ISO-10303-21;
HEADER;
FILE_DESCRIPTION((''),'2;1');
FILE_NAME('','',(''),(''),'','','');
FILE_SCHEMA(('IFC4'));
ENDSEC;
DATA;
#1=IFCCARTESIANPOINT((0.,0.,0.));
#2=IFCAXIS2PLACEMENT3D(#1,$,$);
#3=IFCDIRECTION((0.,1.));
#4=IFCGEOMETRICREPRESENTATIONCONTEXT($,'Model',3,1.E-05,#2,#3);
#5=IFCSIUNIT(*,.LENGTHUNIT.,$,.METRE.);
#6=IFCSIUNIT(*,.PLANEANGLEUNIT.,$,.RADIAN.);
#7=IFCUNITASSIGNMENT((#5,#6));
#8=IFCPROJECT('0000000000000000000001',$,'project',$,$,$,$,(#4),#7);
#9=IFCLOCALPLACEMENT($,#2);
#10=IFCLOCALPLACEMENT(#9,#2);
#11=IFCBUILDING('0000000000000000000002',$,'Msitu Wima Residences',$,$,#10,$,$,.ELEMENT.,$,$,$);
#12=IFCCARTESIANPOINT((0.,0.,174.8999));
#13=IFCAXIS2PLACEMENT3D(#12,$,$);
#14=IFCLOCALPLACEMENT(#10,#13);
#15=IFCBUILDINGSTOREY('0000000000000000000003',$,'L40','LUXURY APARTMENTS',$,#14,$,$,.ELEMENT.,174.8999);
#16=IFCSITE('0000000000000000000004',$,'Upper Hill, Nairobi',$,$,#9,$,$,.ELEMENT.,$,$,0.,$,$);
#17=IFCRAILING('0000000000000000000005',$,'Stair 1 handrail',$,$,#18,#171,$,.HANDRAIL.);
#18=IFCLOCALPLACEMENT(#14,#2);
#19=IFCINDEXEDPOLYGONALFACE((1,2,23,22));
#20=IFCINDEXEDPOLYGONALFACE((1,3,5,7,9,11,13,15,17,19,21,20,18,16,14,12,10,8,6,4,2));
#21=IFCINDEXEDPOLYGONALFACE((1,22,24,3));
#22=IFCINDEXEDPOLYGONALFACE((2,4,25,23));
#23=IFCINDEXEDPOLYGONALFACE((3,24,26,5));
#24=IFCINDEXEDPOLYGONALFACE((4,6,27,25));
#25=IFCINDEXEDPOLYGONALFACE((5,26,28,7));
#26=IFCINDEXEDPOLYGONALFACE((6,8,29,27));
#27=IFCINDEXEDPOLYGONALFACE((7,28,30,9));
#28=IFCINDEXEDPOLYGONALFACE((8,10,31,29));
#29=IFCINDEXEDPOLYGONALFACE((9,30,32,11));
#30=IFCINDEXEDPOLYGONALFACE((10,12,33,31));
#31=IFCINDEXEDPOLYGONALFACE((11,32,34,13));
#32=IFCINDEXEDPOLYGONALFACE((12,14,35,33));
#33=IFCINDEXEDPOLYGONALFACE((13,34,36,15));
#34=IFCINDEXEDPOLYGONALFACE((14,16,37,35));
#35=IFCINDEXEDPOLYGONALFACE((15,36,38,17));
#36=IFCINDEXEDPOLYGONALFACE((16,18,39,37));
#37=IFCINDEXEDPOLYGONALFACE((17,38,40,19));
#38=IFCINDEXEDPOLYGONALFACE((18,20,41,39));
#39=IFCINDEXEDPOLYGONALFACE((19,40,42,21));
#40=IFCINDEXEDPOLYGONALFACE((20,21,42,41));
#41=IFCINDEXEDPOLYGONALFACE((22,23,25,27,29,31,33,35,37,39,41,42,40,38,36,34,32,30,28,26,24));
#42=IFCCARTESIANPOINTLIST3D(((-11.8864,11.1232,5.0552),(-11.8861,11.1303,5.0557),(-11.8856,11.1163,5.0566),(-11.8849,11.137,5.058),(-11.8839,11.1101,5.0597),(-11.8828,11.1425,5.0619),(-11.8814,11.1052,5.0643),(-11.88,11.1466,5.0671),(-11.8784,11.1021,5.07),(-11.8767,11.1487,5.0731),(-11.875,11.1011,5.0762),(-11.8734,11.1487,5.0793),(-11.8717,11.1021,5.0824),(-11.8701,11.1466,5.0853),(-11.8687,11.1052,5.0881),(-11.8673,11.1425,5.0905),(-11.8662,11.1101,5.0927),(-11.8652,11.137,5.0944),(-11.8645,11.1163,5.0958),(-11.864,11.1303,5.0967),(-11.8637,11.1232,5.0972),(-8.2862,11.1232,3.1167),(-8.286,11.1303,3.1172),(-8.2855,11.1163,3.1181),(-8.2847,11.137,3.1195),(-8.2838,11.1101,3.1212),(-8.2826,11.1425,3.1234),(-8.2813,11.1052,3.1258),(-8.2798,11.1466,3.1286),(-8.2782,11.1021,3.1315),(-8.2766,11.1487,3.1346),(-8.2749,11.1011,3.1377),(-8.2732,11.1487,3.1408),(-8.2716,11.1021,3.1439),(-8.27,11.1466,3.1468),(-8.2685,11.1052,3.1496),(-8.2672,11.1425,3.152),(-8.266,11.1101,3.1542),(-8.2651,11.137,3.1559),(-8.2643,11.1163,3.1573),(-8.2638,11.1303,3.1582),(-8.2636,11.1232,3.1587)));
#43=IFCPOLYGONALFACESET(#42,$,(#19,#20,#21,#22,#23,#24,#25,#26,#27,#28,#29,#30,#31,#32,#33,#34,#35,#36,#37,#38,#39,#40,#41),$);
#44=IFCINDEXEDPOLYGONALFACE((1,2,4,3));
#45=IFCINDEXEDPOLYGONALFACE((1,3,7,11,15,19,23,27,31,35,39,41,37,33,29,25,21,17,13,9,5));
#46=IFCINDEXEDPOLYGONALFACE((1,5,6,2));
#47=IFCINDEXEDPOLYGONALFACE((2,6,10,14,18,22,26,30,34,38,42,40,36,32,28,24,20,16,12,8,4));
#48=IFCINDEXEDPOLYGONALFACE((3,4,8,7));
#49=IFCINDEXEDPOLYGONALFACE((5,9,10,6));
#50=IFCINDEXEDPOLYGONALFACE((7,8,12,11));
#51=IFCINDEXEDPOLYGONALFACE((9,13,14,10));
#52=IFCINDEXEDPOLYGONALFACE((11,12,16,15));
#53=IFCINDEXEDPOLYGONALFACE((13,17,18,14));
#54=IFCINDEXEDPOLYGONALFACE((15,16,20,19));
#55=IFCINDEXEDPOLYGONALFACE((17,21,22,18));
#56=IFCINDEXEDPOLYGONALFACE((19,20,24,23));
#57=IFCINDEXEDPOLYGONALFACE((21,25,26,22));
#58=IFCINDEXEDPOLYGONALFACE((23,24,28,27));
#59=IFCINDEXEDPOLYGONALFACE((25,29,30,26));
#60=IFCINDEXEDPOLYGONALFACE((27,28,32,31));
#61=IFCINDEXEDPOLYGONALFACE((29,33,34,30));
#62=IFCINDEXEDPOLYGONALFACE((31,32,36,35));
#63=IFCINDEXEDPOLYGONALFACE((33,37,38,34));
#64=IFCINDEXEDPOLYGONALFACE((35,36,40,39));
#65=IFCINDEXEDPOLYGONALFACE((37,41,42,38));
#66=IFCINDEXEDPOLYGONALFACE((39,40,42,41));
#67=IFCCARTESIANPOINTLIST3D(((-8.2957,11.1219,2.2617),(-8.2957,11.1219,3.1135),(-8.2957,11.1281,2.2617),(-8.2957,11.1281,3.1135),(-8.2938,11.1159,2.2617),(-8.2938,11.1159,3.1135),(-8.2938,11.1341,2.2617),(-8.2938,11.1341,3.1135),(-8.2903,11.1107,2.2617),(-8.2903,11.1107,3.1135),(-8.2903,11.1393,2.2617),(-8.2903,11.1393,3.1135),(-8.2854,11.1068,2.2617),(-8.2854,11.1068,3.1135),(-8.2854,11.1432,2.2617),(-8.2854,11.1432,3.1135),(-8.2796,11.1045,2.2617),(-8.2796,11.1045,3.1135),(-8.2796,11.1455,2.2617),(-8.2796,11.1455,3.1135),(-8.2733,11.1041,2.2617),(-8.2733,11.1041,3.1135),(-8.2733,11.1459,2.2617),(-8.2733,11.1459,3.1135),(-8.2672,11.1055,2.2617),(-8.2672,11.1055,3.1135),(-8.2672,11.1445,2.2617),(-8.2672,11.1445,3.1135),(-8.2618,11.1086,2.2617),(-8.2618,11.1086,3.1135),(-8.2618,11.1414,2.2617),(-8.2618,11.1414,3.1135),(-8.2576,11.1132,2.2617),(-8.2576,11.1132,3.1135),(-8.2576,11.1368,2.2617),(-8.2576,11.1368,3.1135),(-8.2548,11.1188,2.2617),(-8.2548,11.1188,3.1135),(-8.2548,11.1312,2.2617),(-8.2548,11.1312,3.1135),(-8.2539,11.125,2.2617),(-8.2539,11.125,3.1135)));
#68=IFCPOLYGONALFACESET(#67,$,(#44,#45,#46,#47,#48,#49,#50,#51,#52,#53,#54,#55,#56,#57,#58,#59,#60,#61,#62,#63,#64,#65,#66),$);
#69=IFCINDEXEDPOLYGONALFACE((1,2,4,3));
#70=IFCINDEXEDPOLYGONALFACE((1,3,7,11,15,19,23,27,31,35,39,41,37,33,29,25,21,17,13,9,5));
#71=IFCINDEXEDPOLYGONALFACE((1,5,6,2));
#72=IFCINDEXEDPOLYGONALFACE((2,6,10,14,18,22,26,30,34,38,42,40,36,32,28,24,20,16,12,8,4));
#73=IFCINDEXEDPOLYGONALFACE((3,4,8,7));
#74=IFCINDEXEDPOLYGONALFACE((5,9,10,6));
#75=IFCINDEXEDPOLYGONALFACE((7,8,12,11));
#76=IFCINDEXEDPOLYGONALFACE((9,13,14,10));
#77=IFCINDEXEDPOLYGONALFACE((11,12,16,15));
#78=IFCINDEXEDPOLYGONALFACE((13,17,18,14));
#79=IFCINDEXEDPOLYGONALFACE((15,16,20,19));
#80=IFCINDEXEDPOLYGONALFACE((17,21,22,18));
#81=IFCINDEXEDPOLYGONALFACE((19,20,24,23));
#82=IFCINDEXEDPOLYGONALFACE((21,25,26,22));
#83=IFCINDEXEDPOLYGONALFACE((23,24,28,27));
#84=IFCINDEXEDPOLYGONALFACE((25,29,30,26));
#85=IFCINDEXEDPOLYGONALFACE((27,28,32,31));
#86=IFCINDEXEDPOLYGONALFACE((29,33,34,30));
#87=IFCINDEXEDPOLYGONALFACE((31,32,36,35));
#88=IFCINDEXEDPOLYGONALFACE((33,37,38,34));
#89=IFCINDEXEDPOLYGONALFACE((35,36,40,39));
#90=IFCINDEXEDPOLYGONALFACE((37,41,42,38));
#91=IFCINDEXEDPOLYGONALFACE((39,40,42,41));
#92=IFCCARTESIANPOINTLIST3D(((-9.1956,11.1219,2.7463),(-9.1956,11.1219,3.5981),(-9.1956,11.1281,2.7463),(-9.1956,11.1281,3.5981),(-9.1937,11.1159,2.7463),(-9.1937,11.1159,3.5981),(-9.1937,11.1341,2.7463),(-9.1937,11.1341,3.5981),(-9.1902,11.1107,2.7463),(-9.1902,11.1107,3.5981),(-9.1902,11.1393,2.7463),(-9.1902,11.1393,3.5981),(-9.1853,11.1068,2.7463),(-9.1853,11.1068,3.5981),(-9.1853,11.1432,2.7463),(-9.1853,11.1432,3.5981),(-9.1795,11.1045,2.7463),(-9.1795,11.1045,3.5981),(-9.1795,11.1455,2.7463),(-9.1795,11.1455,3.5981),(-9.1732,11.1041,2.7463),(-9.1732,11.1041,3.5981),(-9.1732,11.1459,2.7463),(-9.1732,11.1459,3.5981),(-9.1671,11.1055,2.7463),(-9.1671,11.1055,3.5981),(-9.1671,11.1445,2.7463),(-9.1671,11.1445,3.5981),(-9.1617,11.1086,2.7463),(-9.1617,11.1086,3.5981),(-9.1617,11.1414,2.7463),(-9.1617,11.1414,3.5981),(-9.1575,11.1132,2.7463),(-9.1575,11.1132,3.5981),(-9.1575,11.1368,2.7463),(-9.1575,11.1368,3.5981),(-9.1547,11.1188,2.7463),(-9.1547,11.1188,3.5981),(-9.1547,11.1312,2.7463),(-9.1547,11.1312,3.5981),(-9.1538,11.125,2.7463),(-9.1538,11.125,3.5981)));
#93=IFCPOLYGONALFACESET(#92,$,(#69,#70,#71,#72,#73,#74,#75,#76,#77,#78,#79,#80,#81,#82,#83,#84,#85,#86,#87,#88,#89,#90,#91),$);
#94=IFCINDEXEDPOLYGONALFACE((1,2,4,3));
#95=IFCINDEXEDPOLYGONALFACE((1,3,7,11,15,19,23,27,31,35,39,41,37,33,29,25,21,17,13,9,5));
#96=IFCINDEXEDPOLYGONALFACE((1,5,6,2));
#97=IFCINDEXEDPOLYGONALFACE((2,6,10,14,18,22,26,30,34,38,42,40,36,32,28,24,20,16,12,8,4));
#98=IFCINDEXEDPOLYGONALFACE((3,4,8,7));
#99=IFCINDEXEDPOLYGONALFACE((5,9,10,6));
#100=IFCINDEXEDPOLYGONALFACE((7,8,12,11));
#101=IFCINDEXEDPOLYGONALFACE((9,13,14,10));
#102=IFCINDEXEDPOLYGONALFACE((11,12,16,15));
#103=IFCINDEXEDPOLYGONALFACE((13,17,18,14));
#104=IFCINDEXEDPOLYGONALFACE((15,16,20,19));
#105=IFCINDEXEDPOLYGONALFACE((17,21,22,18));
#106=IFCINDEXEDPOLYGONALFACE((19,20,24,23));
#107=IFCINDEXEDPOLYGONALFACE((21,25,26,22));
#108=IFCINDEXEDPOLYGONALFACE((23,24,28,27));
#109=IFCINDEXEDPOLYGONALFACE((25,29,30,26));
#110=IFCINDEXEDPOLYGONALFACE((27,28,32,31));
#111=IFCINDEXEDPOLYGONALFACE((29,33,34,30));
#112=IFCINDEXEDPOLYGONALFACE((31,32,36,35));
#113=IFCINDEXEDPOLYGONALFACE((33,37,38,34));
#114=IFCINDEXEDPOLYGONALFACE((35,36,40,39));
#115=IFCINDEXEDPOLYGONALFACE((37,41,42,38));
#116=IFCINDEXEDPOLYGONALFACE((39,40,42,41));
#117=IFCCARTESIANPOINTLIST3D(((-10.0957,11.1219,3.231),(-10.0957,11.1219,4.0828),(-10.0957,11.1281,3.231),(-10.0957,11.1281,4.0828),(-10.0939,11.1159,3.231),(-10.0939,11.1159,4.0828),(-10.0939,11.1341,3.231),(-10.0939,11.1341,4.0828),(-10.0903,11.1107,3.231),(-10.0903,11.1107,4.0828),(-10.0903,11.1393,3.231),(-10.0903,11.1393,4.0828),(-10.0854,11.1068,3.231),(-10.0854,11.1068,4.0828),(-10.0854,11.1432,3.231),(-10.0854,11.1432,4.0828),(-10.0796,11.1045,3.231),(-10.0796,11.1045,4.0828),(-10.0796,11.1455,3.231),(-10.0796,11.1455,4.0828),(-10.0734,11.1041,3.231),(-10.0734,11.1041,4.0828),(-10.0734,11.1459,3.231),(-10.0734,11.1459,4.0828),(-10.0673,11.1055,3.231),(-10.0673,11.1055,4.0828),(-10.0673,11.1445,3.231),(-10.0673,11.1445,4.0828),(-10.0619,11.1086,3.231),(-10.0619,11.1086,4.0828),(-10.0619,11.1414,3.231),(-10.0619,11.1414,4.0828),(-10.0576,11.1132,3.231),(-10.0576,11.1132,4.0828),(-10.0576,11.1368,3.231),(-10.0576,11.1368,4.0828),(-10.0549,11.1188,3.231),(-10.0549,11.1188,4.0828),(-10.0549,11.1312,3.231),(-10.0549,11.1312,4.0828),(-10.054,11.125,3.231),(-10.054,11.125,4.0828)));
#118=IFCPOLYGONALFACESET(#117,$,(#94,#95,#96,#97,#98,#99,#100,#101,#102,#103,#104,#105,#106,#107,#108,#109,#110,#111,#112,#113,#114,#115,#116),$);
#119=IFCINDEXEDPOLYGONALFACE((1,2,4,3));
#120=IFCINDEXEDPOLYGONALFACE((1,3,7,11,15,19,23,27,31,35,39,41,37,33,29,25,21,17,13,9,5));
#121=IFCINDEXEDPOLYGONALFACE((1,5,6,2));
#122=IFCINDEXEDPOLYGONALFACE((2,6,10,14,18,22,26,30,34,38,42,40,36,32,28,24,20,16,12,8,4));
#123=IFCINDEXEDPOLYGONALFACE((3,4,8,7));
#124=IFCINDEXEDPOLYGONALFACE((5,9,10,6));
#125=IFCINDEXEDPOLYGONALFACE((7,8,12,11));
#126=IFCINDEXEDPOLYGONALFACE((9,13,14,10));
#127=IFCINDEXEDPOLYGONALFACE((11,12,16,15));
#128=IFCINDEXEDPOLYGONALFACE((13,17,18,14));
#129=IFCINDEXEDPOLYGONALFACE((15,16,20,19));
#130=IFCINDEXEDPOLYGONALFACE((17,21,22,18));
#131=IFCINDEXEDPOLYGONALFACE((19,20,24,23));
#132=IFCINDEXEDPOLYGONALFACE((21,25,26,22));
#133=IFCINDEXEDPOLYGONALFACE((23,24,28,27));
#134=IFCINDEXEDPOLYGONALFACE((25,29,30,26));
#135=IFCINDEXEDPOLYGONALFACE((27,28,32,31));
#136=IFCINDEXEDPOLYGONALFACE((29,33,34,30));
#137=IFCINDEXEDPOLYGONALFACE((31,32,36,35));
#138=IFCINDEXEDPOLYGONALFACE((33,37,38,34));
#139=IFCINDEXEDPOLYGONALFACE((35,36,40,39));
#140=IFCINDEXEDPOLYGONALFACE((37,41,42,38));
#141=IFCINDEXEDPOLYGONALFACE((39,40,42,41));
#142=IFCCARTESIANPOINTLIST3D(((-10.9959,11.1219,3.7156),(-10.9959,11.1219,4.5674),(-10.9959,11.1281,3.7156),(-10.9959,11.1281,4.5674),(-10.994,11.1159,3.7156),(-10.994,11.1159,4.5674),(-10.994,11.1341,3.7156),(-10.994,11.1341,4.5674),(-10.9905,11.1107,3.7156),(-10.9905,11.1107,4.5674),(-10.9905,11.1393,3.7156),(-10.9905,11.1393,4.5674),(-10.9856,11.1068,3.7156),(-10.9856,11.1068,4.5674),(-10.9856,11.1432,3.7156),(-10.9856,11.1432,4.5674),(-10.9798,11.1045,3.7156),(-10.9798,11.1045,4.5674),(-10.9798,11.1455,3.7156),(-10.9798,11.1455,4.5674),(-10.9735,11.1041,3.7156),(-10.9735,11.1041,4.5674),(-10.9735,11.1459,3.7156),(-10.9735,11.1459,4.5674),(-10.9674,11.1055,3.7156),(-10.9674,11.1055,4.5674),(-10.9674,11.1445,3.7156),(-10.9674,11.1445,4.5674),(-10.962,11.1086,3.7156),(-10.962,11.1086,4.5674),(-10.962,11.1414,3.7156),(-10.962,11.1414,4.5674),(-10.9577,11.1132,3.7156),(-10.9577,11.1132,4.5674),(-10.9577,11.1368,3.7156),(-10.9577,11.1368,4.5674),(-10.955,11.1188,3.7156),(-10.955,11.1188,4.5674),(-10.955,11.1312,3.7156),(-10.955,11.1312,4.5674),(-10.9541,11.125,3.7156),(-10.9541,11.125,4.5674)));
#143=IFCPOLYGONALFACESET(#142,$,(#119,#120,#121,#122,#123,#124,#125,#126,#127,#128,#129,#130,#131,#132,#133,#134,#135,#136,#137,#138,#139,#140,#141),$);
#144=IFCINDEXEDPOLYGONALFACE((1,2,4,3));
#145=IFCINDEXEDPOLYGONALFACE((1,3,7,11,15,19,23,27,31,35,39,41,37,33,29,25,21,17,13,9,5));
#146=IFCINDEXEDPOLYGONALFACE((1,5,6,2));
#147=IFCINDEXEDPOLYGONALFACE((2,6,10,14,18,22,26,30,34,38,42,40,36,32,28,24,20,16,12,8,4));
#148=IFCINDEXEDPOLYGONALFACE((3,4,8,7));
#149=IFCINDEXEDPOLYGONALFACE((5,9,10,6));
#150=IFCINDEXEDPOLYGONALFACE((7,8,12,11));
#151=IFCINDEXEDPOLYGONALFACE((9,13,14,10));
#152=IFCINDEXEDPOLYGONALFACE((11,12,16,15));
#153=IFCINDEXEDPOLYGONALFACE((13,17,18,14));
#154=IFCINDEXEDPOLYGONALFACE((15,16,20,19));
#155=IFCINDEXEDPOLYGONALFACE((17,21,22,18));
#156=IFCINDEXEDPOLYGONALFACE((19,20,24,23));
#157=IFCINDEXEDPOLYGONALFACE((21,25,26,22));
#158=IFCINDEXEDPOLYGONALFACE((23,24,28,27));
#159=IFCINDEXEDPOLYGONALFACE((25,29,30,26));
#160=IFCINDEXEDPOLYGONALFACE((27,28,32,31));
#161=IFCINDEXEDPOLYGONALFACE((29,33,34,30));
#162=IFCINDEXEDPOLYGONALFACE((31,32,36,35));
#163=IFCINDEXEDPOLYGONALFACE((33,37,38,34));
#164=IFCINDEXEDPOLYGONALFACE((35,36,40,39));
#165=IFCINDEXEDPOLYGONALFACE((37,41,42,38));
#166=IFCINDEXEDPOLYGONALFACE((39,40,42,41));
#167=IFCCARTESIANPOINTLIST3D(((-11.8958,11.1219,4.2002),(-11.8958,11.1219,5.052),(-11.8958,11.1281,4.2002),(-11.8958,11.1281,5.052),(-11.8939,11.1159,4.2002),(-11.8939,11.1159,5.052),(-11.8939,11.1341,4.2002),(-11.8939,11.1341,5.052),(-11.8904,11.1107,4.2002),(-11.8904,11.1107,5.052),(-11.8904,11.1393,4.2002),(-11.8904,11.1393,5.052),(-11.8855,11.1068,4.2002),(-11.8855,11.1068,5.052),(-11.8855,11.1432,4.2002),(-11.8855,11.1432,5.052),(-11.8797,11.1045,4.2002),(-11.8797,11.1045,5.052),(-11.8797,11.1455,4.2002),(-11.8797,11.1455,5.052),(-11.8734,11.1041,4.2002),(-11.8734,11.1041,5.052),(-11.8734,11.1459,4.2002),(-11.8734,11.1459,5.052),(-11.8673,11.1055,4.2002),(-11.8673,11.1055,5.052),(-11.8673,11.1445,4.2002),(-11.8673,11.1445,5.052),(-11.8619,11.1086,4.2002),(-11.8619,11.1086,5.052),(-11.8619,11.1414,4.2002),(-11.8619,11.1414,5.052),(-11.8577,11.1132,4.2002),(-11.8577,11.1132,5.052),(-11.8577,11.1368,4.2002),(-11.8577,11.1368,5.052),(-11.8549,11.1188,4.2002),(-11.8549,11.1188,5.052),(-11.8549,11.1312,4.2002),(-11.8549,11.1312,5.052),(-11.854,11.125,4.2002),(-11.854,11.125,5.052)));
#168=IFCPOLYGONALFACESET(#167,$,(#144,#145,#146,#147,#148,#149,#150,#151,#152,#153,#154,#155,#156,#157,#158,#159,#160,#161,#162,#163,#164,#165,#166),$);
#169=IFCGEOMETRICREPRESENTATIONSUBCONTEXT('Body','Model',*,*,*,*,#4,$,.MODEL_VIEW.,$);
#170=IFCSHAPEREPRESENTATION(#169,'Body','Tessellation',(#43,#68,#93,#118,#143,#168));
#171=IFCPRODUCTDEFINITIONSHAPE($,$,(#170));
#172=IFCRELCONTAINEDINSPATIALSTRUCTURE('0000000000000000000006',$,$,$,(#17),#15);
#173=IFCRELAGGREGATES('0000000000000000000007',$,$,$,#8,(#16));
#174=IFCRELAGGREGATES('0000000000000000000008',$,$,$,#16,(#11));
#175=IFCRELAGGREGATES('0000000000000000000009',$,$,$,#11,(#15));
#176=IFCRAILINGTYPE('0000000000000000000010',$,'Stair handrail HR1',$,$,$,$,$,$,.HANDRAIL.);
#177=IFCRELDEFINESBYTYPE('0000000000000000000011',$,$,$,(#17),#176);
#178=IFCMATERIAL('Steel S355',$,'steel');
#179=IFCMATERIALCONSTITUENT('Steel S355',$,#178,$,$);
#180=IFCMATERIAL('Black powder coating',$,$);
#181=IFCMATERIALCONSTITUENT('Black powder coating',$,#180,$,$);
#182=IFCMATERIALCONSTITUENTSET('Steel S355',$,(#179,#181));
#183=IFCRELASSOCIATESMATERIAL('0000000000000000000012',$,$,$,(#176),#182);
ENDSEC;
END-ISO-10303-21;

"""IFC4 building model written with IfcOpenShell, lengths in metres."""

from ifc_helpers import new_model, si_unit, direction, frame, origin, origin_2d, place, context, subcontext, project, spatial, circle, extrude, material, constituent, constituent_set, type_object, element, save


model = new_model("IFC4")

# Units and contexts
model_context = context("Model", 3, precision=1e-05, world=origin(), true_north=direction((0.0, 1.0)))
body_context = subcontext(model_context, "Body", "Model", "MODEL_VIEW")
ifc_project = project(units=[si_unit("LENGTHUNIT", "METRE"), si_unit("PLANEANGLEUNIT", "RADIAN")], contexts=[model_context])

# Site, building, storey
site_placement = place(None, origin())
site = spatial("IfcSite", under=ifc_project, at=site_placement, Name="Upper Hill, Nairobi", CompositionType="ELEMENT", RefElevation=0.0)
building_placement = place(site_placement, origin())
building = spatial("IfcBuilding", under=site, at=building_placement, Name="Msitu Wima Residences", CompositionType="ELEMENT")
storey_placement = place(building_placement, frame((0.0, 0.0, 174.8999)))
storey = spatial("IfcBuildingStorey", under=building, at=storey_placement, Name="L40", Description="LUXURY APARTMENTS", CompositionType="ELEMENT", Elevation=174.8999)

# Railing
ifc_material_1 = material(Name="Steel S355", Category="steel")
ifc_constituent_1 = constituent(ifc_material_1, Name="Steel S355")
ifc_material_2 = material(Name="Black powder coating")
ifc_constituent_2 = constituent(ifc_material_2, Name="Black powder coating")
ifc_constituent_set = constituent_set(constituents=[ifc_constituent_1, ifc_constituent_2], Name="Steel S355")
railing_type = type_object("IfcRailingType", Name="Stair handrail HR1", PredefinedType="HANDRAIL", material=ifc_constituent_set)
railing_placement = place(storey_placement, frame((-8.2749, 11.125, 2.2617)))
element("IfcRailing", 1, at=railing_placement, inside=storey, type_object=railing_type, Name="Stair 1 handrail", PredefinedType="HANDRAIL", context=body_context, shape_type="SweptSolid", body=[
    extrude(circle(Radius=0.0239, at=origin_2d()), frame((0.0, 0.0, 0.876), z_axis=(-0.880475, 0.0, 0.474093), x_axis=(0.0, -1.0, 0.0)), (0.0, 0.0, 1.0), 4.0889),
    extrude(circle(Radius=0.021, at=origin_2d()), origin(), (0.0, 0.0, 1.0), 0.8518),
    extrude(circle(Radius=0.021, at=origin_2d()), frame((-0.8999, 0.0, 0.4846)), (0.0, 0.0, 1.0), 0.8518),
    extrude(circle(Radius=0.021, at=origin_2d()), frame((-1.8, 0.0, 0.9692)), (0.0, 0.0, 1.0), 0.8518),
    extrude(circle(Radius=0.021, at=origin_2d()), frame((-2.7002, 0.0, 1.4539)), (0.0, 0.0, 1.0), 0.8518),
    extrude(circle(Radius=0.021, at=origin_2d()), frame((-3.6001, 0.0, 1.9385)), (0.0, 0.0, 1.0), 0.8518),
])

save(model, "model.ifc")
